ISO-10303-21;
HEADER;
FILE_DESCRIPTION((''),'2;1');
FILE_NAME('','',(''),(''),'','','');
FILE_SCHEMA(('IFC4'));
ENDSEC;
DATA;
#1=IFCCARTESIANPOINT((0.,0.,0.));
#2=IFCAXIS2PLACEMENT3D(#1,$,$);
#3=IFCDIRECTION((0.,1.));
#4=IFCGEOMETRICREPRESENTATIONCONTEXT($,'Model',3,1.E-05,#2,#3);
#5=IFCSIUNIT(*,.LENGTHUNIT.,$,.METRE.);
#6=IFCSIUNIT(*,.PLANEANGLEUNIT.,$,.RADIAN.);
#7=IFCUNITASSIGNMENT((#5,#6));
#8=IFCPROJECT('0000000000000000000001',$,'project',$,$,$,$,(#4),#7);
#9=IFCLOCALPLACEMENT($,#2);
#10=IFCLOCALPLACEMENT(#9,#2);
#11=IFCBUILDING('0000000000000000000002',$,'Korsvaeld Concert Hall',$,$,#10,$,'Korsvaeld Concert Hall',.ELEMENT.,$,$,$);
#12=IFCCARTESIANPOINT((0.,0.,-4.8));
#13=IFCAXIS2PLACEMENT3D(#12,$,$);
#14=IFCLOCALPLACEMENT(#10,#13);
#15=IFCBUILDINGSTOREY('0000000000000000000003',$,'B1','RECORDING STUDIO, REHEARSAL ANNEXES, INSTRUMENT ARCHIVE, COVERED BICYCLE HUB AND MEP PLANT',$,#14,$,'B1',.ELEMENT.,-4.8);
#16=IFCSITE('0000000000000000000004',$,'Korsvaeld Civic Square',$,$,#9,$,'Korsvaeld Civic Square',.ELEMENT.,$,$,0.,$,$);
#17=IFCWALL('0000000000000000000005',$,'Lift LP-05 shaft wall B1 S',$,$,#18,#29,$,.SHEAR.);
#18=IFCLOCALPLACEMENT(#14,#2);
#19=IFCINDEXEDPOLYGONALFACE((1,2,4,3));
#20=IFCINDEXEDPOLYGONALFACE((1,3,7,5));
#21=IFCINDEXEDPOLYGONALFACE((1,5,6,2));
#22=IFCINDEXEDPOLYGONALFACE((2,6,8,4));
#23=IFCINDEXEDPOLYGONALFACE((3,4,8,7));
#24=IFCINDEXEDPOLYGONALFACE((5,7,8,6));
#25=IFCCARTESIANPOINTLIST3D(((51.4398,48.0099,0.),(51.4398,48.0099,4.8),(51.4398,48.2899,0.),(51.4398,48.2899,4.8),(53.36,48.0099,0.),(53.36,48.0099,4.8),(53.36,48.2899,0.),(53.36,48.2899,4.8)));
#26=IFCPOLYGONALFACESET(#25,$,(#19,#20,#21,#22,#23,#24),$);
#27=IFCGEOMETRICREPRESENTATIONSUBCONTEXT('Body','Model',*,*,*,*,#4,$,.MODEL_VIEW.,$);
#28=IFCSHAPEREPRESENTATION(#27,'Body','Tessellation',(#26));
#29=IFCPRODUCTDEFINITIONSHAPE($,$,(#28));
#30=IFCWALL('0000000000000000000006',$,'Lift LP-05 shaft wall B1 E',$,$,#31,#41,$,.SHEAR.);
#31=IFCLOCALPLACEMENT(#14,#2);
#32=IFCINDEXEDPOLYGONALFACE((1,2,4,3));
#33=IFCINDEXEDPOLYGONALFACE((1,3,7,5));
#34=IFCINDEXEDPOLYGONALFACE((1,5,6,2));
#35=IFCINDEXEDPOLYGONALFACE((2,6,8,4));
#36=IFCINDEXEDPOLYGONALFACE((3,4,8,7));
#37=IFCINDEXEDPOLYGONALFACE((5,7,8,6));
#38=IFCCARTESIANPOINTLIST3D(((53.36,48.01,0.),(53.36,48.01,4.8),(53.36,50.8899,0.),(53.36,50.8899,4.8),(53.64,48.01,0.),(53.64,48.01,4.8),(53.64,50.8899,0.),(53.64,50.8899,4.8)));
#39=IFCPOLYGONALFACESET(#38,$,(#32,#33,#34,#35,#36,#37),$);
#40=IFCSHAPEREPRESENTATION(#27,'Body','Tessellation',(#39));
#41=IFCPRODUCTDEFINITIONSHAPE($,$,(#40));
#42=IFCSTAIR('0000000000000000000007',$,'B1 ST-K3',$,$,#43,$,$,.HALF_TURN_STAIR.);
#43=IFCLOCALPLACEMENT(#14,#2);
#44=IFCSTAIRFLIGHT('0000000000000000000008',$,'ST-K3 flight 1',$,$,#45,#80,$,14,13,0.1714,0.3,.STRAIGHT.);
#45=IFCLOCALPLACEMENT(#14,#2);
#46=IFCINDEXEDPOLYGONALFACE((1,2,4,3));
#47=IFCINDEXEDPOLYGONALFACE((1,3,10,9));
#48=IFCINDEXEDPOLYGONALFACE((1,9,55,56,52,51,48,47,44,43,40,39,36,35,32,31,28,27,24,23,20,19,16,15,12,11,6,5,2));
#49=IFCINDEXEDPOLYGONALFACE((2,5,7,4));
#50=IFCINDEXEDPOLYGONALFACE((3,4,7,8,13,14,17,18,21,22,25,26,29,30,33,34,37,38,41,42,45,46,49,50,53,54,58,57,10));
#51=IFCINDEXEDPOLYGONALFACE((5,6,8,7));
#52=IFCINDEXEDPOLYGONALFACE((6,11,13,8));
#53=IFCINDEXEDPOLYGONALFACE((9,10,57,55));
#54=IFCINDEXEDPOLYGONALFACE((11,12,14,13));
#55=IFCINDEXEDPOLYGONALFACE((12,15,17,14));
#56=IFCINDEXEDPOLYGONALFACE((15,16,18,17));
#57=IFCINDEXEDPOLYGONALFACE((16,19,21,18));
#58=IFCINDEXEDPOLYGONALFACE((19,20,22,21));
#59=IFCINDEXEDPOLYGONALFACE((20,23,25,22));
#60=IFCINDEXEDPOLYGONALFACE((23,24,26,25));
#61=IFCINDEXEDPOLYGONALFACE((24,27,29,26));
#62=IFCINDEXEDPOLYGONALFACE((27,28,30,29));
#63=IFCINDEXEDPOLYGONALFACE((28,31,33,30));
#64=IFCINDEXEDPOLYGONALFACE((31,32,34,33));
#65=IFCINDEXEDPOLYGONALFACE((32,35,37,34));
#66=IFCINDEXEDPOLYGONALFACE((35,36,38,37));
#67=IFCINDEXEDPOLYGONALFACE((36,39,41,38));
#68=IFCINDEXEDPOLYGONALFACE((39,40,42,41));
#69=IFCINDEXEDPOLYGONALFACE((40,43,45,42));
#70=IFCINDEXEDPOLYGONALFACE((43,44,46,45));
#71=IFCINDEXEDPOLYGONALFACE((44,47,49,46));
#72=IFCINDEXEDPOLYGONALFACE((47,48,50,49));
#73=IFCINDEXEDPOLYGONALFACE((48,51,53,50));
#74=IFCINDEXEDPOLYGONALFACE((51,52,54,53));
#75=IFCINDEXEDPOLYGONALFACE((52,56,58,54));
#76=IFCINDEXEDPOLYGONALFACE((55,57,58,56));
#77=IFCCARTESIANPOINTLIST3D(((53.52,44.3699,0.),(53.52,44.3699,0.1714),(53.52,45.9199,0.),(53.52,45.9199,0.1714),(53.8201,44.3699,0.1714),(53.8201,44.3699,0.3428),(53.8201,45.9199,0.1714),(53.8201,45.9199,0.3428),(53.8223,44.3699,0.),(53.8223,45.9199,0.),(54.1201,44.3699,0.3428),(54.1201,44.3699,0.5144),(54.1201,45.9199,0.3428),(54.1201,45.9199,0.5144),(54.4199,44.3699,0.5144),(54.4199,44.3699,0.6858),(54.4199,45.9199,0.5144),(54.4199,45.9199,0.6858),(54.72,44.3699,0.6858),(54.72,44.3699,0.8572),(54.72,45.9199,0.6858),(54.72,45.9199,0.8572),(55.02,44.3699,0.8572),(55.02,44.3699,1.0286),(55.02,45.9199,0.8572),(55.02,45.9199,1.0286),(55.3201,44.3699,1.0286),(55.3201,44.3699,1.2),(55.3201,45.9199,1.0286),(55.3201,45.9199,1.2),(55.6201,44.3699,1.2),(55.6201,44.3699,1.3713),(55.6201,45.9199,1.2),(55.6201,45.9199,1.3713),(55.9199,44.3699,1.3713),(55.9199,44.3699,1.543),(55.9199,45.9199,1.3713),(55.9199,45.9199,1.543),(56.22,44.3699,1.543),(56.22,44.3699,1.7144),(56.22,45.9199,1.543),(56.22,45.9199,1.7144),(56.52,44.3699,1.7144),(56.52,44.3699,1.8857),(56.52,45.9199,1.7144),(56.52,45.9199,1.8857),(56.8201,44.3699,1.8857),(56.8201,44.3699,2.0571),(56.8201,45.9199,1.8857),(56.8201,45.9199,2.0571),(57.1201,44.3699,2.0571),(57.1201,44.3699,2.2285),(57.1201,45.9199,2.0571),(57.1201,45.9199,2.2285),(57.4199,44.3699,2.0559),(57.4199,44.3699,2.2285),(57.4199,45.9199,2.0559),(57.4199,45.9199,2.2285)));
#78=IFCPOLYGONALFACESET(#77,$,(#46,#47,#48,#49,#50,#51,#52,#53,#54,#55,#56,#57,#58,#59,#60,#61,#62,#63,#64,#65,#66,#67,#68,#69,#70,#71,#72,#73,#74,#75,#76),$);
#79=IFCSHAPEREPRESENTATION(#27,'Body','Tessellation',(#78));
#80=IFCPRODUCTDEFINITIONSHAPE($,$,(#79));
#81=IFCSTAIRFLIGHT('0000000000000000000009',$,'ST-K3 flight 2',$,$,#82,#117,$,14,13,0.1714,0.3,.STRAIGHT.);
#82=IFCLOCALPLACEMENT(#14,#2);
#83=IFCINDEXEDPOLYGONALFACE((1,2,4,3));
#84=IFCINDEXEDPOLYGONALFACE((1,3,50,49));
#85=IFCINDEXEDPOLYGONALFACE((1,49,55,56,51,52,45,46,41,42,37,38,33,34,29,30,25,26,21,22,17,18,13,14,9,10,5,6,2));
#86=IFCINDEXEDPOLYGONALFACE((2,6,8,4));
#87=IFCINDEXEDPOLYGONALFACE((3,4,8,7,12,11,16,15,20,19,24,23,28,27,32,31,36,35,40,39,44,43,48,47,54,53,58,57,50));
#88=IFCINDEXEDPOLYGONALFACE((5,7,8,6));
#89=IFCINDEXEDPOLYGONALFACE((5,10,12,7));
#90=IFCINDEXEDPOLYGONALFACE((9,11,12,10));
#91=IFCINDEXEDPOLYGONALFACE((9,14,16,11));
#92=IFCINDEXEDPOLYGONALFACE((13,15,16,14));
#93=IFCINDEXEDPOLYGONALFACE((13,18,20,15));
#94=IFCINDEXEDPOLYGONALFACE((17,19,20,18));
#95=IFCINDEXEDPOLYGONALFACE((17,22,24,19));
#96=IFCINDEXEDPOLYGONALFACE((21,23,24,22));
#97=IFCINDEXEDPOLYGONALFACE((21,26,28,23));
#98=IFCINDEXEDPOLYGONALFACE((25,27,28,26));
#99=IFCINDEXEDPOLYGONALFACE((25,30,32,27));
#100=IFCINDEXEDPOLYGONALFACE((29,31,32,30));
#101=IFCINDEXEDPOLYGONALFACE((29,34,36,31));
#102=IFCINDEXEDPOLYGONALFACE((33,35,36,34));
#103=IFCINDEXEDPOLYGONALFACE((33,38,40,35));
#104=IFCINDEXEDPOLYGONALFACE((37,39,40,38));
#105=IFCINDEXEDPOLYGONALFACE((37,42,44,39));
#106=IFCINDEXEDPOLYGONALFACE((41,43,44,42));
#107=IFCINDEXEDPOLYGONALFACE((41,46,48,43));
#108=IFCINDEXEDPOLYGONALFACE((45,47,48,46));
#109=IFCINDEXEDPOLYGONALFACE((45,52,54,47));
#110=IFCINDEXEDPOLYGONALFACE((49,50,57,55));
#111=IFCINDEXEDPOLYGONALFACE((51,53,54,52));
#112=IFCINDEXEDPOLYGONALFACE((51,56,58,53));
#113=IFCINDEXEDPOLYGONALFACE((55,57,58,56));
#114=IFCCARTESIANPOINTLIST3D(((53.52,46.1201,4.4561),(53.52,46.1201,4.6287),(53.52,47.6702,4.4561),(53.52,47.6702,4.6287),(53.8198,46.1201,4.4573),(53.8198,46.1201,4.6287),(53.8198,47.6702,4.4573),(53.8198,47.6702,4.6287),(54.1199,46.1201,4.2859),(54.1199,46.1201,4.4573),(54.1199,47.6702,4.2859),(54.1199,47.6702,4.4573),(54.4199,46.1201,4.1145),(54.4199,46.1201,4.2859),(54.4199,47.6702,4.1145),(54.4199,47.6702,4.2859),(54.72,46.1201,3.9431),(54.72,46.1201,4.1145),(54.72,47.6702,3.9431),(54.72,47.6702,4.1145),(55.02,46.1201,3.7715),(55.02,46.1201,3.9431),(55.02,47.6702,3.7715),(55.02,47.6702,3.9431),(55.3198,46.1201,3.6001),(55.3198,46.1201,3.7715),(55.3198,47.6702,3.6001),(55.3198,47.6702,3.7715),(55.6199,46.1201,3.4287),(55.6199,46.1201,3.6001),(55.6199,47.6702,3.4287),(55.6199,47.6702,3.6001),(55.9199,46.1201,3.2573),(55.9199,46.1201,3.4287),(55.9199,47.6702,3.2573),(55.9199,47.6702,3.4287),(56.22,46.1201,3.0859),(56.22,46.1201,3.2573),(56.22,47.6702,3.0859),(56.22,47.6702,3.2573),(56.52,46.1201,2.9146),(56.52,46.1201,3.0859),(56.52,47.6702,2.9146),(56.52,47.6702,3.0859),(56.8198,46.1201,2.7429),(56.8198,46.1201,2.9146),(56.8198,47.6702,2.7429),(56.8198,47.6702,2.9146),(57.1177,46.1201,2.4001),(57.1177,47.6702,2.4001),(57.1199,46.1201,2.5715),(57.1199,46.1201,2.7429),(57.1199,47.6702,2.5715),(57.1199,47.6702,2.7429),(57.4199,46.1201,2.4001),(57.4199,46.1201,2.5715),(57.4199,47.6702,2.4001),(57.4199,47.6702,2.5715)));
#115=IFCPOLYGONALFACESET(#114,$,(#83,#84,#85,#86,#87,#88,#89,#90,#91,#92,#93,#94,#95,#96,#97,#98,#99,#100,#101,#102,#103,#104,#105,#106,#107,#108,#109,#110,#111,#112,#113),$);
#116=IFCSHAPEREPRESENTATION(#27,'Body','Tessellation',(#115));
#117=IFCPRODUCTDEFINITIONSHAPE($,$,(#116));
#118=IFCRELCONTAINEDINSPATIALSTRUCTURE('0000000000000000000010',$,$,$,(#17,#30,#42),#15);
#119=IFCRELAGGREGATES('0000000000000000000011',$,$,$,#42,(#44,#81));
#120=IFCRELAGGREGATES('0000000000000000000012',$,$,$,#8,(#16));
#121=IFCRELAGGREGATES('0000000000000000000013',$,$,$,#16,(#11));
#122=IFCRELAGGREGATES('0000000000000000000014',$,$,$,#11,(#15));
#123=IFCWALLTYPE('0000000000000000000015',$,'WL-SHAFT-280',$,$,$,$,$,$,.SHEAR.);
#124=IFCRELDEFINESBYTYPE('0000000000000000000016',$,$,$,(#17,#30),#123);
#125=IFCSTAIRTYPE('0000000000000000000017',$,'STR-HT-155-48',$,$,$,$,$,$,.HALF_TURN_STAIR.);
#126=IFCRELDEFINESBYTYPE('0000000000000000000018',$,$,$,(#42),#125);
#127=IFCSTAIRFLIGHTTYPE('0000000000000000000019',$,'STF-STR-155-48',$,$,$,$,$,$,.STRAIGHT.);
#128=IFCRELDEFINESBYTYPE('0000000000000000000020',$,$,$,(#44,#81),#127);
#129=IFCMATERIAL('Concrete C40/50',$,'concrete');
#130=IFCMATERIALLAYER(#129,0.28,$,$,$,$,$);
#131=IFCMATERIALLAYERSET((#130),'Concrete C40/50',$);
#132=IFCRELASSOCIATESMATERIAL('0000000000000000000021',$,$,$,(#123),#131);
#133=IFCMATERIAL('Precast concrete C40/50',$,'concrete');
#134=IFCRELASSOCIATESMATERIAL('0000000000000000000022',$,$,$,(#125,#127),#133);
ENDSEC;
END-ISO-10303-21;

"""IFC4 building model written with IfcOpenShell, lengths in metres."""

from ifc_helpers import new_model, si_unit, direction, frame, frame_2d, origin, place, context, subcontext, project, spatial, polyline, rectangle, outline, extrude, material, layer, layer_set, type_object, element, aggregate, save


model = new_model("IFC4")

# Units and contexts
model_context = context("Model", 3, precision=1e-05, world=origin(), true_north=direction((0.0, 1.0)))
body_context = subcontext(model_context, "Body", "Model", "MODEL_VIEW")
ifc_project = project(units=[si_unit("LENGTHUNIT", "METRE"), si_unit("PLANEANGLEUNIT", "RADIAN")], contexts=[model_context])

# Site, building, storey
site_placement = place(None, origin())
site = spatial("IfcSite", under=ifc_project, at=site_placement, Name="Korsvaeld Civic Square", LongName="Korsvaeld Civic Square", CompositionType="ELEMENT", RefElevation=0.0)
building_placement = place(site_placement, origin())
building = spatial("IfcBuilding", under=site, at=building_placement, Name="Korsvaeld Concert Hall", LongName="Korsvaeld Concert Hall", CompositionType="ELEMENT")
storey_placement = place(building_placement, frame((0.0, 0.0, -4.8)))
storey = spatial("IfcBuildingStorey", under=building, at=storey_placement, Name="B1", Description="RECORDING STUDIO, REHEARSAL ANNEXES, INSTRUMENT ARCHIVE, COVERED BICYCLE HUB AND MEP PLANT", LongName="B1", CompositionType="ELEMENT", Elevation=-4.8)

# Shared definitions
ifc_material_1 = material(Name="Concrete C40/50", Category="concrete")

# Walls
ifc_layer_1 = layer(ifc_material_1, 0.28)
ifc_layer_set_1 = layer_set([ifc_layer_1], Name="Concrete C40/50")
wall_type_1 = type_object("IfcWallType", Name="WL-SHAFT-280", PredefinedType="SHEAR", material=ifc_layer_set_1)
wall_1_placement = place(storey_placement, frame((51.4399, 48.1499, 0.0), z_axis=(0.0, 0.0, 1.0), x_axis=(1.0, 0.0, 0.0)))
element("IfcWall", 1, at=wall_1_placement, inside=storey, type_object=wall_type_1, Name="Lift LP-05 shaft wall B1 S", PredefinedType="SHEAR", context=body_context, shape_type="SweptSolid", body=[
    extrude(rectangle(XDim=1.9202, YDim=0.28, at=frame_2d((0.96, 0.0))), origin(), (0.0, 0.0, 1.0), 4.8),
])
wall_2_placement = place(storey_placement, frame((53.5, 48.01, 0.0), z_axis=(0.0, 0.0, 1.0), x_axis=(0.0, 1.0, 0.0)))
element("IfcWall", 2, at=wall_2_placement, inside=storey, type_object=wall_type_1, Name="Lift LP-05 shaft wall B1 E", PredefinedType="SHEAR", context=body_context, shape_type="SweptSolid", body=[
    extrude(rectangle(XDim=2.8799, YDim=0.28, at=frame_2d((1.4399, 0.0))), origin(), (0.0, 0.0, 1.0), 4.8),
])

# Stair, stair flights
ifc_material_2 = material(Name="Precast concrete C40/50", Category="concrete")
stair_type = type_object("IfcStairType", Name="STR-HT-155-48", PredefinedType="HALF_TURN_STAIR", material=ifc_material_2)
stair_placement = place(storey_placement, origin())
stair = element("IfcStair", 3, at=stair_placement, inside=storey, type_object=stair_type, Name="B1 ST-K3", PredefinedType="HALF_TURN_STAIR")
stair_flight_type = type_object("IfcStairFlightType", Name="STF-STR-155-48", PredefinedType="STRAIGHT", material=ifc_material_2)
stair_flight_1_placement = place(storey_placement, frame((53.52, 45.145, 0.0), z_axis=(0.0, 0.0, 1.0), x_axis=(1.0, 0.0, 0.0)))
stair_flight_1 = element("IfcStairFlight", 4, at=stair_flight_1_placement, type_object=stair_flight_type, Name="ST-K3 flight 1", NumberOfRisers=14, NumberOfTreads=13, PredefinedType="STRAIGHT", RiserHeight=0.1714, TreadLength=0.3, context=body_context, shape_type="SweptSolid", body=[
    extrude(outline(polyline([(0.0, 0.0), (0.0, 0.1714), (0.3, 0.1714), (0.3, 0.3428), (0.6001, 0.3428), (0.6001, 0.5144), (0.8999, 0.5144), (0.8999, 0.6858), (1.2, 0.6858), (1.2, 0.8572), (1.5, 0.8572), (1.5, 1.0286), (1.8, 1.0286), (1.8, 1.2), (2.1001, 1.2), (2.1001, 1.3713), (2.3999, 1.3713), (2.3999, 1.543), (2.7, 1.543), (2.7, 1.7144), (3.0, 1.7144), (3.0, 1.8857), (3.3, 1.8857), (3.3, 2.0571), (3.6001, 2.0571), (3.6001, 2.2285), (3.8999, 2.2285), (3.8999, 2.3999), (3.8999, 2.0559), (0.3022, 0.0), (0.0, 0.0)])), frame((0.0, 0.7749, 0.0), z_axis=(0.0, -1.0, 0.0), x_axis=(1.0, 0.0, 0.0)), (0.0, 0.0, 1.0), 1.55),
])
stair_flight_2_placement = place(storey_placement, frame((57.4199, 46.895, 2.4001), z_axis=(0.0, 0.0, 1.0), x_axis=(-1.0, 0.0, 0.0)))
stair_flight_2 = element("IfcStairFlight", 5, at=stair_flight_2_placement, type_object=stair_flight_type, Name="ST-K3 flight 2", NumberOfRisers=14, NumberOfTreads=13, PredefinedType="STRAIGHT", RiserHeight=0.1714, TreadLength=0.3, context=body_context, shape_type="SweptSolid", body=[
    extrude(outline(polyline([(0.0, 0.0), (0.0, 0.1714), (0.3, 0.1714), (0.3, 0.3428), (0.6001, 0.3428), (0.6001, 0.5144), (0.8999, 0.5144), (0.8999, 0.6858), (1.2, 0.6858), (1.2, 0.8572), (1.5, 0.8572), (1.5, 1.0286), (1.8, 1.0286), (1.8, 1.2), (2.1001, 1.2), (2.1001, 1.3713), (2.3999, 1.3713), (2.3999, 1.543), (2.7, 1.543), (2.7, 1.7144), (3.0, 1.7144), (3.0, 1.8857), (3.3, 1.8857), (3.3, 2.0571), (3.6001, 2.0571), (3.6001, 2.2285), (3.8999, 2.2285), (3.8999, 2.3999), (3.8999, 2.0559), (0.3022, 0.0), (0.0, 0.0)])), frame((0.0, 0.7749, 0.0), z_axis=(0.0, -1.0, 0.0), x_axis=(1.0, 0.0, 0.0)), (0.0, 0.0, 1.0), 1.55),
])
aggregate(stair, [stair_flight_1, stair_flight_2])

save(model, "model.ifc")
